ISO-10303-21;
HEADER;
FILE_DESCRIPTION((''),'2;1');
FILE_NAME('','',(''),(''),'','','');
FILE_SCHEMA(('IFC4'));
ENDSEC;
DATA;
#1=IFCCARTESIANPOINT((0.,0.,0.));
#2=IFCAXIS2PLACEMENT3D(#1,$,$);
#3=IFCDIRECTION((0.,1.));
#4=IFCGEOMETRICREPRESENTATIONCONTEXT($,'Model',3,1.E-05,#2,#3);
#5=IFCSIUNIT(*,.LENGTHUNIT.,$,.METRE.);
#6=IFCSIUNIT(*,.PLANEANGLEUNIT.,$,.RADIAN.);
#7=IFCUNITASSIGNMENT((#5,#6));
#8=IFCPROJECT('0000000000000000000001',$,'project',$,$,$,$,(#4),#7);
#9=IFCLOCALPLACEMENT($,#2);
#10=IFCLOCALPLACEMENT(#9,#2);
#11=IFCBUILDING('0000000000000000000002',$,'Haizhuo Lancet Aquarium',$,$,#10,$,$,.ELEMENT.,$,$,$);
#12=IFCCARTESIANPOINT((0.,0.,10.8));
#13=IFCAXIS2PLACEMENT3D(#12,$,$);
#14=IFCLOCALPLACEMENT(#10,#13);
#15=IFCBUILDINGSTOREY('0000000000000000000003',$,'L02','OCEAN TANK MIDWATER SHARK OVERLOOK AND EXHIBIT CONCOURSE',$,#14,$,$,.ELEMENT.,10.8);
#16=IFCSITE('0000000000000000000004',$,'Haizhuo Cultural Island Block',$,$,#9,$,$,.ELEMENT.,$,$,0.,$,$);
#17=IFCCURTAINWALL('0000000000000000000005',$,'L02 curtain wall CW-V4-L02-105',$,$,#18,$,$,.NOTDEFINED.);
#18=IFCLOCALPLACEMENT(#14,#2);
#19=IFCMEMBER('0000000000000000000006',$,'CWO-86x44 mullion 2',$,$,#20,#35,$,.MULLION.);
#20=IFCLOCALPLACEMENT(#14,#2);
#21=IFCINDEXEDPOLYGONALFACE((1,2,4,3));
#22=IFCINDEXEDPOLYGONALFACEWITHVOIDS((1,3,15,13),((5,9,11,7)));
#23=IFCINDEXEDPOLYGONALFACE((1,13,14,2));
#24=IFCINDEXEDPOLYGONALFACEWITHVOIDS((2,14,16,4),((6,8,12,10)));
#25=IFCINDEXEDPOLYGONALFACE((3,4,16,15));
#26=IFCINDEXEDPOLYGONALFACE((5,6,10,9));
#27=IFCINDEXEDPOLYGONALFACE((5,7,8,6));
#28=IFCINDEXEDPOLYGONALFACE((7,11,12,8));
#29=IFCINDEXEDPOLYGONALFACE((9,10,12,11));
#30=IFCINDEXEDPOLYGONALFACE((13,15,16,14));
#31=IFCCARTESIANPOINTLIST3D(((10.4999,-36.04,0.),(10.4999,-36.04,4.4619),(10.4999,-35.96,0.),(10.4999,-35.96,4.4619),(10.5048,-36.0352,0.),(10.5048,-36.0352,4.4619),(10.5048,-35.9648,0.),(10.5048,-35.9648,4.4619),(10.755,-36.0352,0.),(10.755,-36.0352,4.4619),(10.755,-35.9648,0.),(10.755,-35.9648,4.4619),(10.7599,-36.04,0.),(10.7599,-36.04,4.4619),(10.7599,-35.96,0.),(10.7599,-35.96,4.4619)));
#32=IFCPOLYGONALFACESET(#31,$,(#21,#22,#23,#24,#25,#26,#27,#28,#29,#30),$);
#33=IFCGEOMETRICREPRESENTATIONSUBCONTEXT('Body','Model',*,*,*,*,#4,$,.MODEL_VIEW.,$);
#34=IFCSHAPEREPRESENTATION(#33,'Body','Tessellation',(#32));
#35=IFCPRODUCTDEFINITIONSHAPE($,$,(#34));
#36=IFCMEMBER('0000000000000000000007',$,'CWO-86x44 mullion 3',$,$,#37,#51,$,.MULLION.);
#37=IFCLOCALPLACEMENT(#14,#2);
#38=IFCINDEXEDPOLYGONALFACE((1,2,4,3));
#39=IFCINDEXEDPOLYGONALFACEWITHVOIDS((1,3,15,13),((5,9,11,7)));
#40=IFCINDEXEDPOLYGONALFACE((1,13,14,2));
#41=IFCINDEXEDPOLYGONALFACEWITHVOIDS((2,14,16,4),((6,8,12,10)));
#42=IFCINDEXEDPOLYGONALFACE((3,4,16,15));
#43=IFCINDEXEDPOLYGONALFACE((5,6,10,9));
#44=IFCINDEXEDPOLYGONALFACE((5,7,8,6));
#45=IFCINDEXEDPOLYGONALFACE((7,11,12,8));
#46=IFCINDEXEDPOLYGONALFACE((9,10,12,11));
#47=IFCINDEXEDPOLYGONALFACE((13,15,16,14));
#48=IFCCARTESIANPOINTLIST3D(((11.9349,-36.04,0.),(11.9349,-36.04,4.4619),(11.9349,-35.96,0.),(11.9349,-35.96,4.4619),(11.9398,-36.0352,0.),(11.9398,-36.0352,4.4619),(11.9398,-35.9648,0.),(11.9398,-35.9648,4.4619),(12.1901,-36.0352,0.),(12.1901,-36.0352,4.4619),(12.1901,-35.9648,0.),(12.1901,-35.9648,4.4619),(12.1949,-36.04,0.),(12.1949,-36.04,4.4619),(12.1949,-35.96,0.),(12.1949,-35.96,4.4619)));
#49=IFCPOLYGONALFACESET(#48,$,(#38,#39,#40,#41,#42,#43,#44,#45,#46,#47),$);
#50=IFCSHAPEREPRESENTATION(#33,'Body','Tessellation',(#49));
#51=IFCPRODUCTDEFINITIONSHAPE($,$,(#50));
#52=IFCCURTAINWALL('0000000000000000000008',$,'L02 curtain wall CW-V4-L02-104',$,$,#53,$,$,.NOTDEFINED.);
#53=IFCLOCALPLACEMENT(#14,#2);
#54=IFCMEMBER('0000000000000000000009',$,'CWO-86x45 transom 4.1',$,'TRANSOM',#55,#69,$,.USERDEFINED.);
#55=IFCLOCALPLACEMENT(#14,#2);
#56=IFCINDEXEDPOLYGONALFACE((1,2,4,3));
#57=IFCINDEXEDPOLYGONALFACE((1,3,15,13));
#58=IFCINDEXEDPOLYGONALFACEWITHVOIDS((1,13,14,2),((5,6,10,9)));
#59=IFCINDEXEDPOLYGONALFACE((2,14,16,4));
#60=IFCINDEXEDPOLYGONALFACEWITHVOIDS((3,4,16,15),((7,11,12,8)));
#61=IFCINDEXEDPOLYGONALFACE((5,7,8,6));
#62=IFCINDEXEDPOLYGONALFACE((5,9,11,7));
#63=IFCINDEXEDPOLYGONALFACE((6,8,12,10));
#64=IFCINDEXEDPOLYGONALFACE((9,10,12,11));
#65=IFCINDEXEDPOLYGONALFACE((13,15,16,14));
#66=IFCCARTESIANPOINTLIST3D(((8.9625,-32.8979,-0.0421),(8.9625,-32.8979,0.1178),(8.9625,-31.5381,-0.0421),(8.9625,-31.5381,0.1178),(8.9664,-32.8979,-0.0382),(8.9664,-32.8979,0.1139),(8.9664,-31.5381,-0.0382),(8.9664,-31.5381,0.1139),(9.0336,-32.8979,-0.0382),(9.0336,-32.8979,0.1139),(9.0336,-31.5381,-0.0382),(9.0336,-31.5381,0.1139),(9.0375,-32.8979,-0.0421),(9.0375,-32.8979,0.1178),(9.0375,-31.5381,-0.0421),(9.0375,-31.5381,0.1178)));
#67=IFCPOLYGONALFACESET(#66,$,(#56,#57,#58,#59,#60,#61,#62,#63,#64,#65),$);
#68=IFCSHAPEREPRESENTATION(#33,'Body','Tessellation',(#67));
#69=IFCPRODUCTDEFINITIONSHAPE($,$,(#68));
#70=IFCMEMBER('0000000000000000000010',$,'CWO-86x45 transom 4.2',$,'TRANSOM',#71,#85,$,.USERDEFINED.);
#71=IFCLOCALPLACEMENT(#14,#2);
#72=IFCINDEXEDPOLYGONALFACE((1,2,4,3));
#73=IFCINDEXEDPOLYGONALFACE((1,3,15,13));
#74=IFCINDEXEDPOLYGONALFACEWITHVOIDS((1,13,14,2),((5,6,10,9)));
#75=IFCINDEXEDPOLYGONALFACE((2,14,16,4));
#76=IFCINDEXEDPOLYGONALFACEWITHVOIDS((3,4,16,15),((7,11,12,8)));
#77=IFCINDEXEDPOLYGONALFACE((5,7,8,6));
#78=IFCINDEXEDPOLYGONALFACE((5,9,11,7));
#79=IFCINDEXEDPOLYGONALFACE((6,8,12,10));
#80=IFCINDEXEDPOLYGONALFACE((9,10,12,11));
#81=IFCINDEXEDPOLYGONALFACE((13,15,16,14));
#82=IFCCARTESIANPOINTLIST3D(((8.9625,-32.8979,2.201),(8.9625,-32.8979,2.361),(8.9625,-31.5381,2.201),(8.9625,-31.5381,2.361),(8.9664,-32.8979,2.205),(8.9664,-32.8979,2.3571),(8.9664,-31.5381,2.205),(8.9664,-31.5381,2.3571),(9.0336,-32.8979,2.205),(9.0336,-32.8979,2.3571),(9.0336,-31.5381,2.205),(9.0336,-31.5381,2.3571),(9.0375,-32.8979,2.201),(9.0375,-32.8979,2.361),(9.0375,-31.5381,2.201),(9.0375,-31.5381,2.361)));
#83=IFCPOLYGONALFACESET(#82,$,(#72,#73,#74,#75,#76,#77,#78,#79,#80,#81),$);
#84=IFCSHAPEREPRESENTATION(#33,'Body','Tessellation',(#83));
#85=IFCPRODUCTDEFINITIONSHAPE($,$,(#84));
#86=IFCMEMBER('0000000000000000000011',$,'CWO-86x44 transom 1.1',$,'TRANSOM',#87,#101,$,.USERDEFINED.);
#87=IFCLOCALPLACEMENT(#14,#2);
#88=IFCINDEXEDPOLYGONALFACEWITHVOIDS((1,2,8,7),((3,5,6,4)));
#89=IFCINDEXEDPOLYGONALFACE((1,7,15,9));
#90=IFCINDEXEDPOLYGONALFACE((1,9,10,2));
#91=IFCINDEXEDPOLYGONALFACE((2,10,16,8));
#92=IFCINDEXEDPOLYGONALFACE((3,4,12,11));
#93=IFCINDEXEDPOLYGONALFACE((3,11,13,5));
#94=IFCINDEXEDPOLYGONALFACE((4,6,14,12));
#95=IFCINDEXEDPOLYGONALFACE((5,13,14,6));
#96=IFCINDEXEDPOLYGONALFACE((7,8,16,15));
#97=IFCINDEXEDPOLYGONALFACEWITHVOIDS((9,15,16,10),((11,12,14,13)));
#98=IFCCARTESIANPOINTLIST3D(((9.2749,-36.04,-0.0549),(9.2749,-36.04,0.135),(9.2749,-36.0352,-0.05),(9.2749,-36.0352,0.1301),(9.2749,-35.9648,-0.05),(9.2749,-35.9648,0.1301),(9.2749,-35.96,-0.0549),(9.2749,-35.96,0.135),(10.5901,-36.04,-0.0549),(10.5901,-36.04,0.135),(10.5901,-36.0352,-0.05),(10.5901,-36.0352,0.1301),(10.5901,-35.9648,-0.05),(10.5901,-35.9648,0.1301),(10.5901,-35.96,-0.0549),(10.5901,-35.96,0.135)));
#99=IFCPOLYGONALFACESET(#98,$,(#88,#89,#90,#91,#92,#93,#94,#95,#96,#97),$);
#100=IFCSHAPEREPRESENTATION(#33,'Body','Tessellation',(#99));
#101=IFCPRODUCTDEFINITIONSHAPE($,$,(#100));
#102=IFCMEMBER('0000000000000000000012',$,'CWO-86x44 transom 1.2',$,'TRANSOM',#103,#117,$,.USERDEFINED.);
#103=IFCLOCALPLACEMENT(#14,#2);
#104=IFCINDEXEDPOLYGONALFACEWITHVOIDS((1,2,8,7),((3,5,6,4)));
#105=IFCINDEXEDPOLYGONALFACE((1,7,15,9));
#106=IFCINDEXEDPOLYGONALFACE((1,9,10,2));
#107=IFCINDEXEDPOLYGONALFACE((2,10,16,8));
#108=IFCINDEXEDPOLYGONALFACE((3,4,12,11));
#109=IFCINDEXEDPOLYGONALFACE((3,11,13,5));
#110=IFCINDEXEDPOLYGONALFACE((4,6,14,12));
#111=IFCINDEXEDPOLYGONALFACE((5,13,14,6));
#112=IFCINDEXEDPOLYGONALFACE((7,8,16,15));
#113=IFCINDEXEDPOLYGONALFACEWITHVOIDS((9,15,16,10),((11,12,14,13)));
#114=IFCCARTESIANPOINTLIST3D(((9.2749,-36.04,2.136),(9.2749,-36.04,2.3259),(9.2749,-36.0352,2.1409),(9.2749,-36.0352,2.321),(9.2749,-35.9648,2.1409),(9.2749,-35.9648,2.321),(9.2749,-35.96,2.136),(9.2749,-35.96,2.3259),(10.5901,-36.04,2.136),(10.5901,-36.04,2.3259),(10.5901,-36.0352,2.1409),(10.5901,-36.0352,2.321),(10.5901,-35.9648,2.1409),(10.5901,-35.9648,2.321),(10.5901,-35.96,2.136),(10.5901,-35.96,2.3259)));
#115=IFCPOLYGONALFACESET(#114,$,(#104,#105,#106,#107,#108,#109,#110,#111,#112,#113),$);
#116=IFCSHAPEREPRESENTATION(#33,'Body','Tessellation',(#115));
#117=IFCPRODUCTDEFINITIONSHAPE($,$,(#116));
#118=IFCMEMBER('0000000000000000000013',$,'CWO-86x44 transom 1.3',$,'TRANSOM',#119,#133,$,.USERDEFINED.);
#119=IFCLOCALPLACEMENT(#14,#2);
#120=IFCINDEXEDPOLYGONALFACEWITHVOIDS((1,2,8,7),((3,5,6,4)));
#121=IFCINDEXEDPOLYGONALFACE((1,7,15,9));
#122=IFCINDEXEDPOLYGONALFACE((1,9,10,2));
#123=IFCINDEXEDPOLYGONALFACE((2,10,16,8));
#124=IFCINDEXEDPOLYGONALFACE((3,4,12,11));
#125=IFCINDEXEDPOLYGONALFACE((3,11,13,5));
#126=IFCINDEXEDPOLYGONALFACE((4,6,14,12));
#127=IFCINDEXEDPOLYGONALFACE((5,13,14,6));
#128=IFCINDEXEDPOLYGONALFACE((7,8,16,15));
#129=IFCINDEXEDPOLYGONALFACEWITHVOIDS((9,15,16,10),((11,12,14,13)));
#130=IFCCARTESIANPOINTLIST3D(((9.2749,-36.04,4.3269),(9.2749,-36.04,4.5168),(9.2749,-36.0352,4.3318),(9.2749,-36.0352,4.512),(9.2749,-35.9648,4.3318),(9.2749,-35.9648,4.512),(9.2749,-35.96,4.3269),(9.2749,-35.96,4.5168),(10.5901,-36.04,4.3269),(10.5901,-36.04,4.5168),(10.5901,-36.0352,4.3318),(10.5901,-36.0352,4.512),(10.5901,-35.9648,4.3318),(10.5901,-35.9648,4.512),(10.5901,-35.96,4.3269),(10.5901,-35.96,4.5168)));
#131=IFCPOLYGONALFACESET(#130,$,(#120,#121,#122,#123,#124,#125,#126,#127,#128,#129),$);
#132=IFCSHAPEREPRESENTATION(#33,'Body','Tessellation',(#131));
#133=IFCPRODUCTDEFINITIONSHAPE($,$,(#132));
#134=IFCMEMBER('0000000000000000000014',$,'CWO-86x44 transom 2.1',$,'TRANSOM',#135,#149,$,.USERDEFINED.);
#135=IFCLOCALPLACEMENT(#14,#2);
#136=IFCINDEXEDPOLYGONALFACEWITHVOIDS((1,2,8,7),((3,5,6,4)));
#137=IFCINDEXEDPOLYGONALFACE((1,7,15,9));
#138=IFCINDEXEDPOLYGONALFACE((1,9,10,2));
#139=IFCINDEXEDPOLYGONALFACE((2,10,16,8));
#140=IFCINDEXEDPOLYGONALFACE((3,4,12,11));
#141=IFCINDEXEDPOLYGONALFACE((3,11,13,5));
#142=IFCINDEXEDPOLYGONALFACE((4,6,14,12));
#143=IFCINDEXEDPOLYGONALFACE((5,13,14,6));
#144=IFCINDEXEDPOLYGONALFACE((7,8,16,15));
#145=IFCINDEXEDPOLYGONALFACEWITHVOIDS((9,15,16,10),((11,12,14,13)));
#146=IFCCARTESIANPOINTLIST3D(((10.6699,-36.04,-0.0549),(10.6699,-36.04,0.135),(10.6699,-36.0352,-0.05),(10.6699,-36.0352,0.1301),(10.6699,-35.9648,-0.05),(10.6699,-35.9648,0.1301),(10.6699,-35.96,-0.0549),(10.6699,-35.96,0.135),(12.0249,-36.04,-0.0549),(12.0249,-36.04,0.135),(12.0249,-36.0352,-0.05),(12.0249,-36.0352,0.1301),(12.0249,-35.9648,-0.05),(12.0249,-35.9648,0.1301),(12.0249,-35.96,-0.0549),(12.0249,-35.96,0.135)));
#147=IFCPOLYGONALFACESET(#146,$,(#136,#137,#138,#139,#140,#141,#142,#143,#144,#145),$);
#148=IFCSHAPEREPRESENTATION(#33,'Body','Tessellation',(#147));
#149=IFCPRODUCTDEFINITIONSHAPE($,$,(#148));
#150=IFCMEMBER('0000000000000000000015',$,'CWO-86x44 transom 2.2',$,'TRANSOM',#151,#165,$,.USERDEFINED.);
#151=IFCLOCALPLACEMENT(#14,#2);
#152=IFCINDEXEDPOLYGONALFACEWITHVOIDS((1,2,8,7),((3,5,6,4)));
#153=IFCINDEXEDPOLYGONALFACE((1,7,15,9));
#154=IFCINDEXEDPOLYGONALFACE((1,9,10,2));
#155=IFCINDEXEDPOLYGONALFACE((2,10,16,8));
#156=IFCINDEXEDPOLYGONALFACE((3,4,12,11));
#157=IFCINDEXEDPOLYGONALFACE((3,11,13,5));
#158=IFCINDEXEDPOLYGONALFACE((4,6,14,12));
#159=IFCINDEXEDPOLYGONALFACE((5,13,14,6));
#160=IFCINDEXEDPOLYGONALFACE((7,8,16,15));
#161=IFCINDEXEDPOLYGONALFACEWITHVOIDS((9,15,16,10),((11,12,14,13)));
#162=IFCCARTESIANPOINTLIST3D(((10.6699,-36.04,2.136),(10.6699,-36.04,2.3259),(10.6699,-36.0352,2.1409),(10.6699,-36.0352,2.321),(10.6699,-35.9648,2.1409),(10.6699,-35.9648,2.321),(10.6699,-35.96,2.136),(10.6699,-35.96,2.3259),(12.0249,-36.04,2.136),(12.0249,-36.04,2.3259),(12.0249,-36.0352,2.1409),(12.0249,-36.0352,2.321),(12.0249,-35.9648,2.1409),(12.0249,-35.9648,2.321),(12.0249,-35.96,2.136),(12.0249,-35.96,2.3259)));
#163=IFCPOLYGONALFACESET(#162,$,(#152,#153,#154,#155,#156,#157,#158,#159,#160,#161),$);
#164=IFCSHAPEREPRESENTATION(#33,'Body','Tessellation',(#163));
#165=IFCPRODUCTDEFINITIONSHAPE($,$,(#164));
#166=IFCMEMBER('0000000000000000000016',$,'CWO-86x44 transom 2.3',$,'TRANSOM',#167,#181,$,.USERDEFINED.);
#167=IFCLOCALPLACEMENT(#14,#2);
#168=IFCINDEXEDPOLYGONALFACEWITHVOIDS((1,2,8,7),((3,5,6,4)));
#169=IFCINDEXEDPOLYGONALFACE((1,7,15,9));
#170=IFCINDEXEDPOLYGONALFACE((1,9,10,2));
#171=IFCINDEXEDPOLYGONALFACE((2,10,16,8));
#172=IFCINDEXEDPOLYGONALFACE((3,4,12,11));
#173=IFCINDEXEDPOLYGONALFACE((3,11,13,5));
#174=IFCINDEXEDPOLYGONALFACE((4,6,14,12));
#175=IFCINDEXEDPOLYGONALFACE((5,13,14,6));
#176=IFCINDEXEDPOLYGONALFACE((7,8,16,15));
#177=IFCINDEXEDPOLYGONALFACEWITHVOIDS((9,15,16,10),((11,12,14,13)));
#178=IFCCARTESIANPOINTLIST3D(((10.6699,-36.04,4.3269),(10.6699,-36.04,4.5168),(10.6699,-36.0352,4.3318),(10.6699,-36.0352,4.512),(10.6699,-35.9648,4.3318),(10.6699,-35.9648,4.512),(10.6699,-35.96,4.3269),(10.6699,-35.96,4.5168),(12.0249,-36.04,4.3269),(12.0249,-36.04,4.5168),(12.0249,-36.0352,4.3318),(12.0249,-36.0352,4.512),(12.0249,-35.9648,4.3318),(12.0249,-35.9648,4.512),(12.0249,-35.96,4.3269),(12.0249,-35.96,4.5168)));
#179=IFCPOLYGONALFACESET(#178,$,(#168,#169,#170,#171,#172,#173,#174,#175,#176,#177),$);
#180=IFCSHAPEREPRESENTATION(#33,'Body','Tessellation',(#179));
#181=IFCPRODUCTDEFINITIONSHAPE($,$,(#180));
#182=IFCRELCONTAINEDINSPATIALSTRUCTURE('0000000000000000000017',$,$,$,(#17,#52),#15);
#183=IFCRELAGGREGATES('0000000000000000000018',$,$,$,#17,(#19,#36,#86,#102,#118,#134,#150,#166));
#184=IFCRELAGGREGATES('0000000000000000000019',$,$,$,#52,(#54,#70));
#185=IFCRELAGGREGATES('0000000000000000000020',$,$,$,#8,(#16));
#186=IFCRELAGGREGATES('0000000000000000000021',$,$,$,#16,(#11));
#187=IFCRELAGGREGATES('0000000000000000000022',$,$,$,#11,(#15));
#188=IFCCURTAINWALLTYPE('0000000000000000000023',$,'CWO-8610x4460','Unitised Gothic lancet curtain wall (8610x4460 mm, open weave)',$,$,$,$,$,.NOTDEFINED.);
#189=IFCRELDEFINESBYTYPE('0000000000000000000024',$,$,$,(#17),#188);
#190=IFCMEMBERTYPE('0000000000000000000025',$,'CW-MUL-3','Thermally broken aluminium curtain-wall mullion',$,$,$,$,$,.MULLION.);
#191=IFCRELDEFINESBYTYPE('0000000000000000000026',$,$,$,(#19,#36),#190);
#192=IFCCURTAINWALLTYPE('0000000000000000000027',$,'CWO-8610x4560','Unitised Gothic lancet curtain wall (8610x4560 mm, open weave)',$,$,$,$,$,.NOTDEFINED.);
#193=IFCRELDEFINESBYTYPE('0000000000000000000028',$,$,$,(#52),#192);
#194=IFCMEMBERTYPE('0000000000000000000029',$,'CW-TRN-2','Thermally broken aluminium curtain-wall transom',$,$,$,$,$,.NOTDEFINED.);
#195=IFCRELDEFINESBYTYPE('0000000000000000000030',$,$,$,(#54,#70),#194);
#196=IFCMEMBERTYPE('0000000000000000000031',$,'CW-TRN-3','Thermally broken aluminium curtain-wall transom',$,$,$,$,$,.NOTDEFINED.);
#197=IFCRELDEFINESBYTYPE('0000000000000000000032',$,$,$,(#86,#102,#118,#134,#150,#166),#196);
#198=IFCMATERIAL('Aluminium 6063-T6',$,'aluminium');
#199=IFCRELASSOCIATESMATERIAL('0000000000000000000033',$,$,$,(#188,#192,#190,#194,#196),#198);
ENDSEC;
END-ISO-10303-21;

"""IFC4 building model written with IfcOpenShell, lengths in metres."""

from ifc_helpers import new_model, si_unit, direction, frame, origin, origin_2d, place, context, subcontext, project, spatial, hollow_rectangle, extrude, material, material_profile, profile_set, type_object, element, aggregate, save


model = new_model("IFC4")

# Units and contexts
model_context = context("Model", 3, precision=1e-05, world=origin(), true_north=direction((0.0, 1.0)))
body_context = subcontext(model_context, "Body", "Model", "MODEL_VIEW")
ifc_project = project(units=[si_unit("LENGTHUNIT", "METRE"), si_unit("PLANEANGLEUNIT", "RADIAN")], contexts=[model_context])

# Site, building, storey
site_placement = place(None, origin())
site = spatial("IfcSite", under=ifc_project, at=site_placement, Name="Haizhuo Cultural Island Block", CompositionType="ELEMENT", RefElevation=0.0)
building_placement = place(site_placement, origin())
building = spatial("IfcBuilding", under=site, at=building_placement, Name="Haizhuo Lancet Aquarium", CompositionType="ELEMENT")
storey_placement = place(building_placement, frame((0.0, 0.0, 10.8)))
storey = spatial("IfcBuildingStorey", under=building, at=storey_placement, Name="L02", Description="OCEAN TANK MIDWATER SHARK OVERLOOK AND EXHIBIT CONCOURSE", CompositionType="ELEMENT", Elevation=10.8)

# Curtain walls, members
ifc_material_1 = material(Name="Aluminium 6063-T6", Category="aluminium")
curtain_wall_type_1 = type_object("IfcCurtainWallType", Name="CWO-8610x4460", Description="Unitised Gothic lancet curtain wall (8610x4460 mm, open weave)", PredefinedType="NOTDEFINED", material=ifc_material_1)
curtain_wall_1_placement = place(storey_placement, origin())
curtain_wall_1 = element("IfcCurtainWall", 1, at=curtain_wall_1_placement, inside=storey, type_object=curtain_wall_type_1, Name="L02 curtain wall CW-V4-L02-105", PredefinedType="NOTDEFINED")
ifc_material_profile_1 = material_profile(ifc_material_1, hollow_rectangle(XDim=0.0801, YDim=0.26, WallThickness=0.0049, at=origin_2d()), Name="ALU-M 80x260x5")
ifc_profile_set_1 = profile_set([ifc_material_profile_1], Name="Aluminium 6063-T6")
member_type_1 = type_object("IfcMemberType", Name="CW-MUL-3", Description="Thermally broken aluminium curtain-wall mullion", PredefinedType="MULLION", material=ifc_profile_set_1)
member_1_placement = place(storey_placement, frame((10.6299, -36.0, 0.0), z_axis=(0.0, 0.0, 1.0), x_axis=(0.0, 1.0, 0.0)))
member_1 = element("IfcMember", 2, at=member_1_placement, type_object=member_type_1, Name="CWO-86x44 mullion 2", PredefinedType="MULLION", context=body_context, shape_type="SweptSolid", body=[
    extrude(hollow_rectangle(XDim=0.0801, YDim=0.26, WallThickness=0.0049, at=origin_2d()), origin(), (0.0, 0.0, 1.0), 4.4619),
])
member_2_placement = place(storey_placement, frame((12.0649, -36.0, 0.0), z_axis=(0.0, 0.0, 1.0), x_axis=(0.0, 1.0, 0.0)))
member_2 = element("IfcMember", 3, at=member_2_placement, type_object=member_type_1, Name="CWO-86x44 mullion 3", PredefinedType="MULLION", context=body_context, shape_type="SweptSolid", body=[
    extrude(hollow_rectangle(XDim=0.0801, YDim=0.26, WallThickness=0.0049, at=origin_2d()), origin(), (0.0, 0.0, 1.0), 4.4619),
])
curtain_wall_type_2 = type_object("IfcCurtainWallType", Name="CWO-8610x4560", Description="Unitised Gothic lancet curtain wall (8610x4560 mm, open weave)", PredefinedType="NOTDEFINED", material=ifc_material_1)
curtain_wall_2_placement = place(storey_placement, origin())
curtain_wall_2 = element("IfcCurtainWall", 4, at=curtain_wall_2_placement, inside=storey, type_object=curtain_wall_type_2, Name="L02 curtain wall CW-V4-L02-104", PredefinedType="NOTDEFINED")
ifc_material_profile_2 = material_profile(ifc_material_1, hollow_rectangle(XDim=0.075, YDim=0.1599, WallThickness=0.0039, at=origin_2d()), Name="ALU-T 75x160x4")
ifc_profile_set_2 = profile_set([ifc_material_profile_2], Name="Aluminium 6063-T6")
member_type_2 = type_object("IfcMemberType", Name="CW-TRN-2", Description="Thermally broken aluminium curtain-wall transom", PredefinedType="NOTDEFINED", material=ifc_profile_set_2)
member_3_placement = place(storey_placement, frame((9.0, -31.5381, 0.0378), z_axis=(0.0, -1.0, 0.0), x_axis=(1.0, 0.0, 0.0)))
member_3 = element("IfcMember", 5, at=member_3_placement, type_object=member_type_2, Name="CWO-86x45 transom 4.1", ObjectType="TRANSOM", PredefinedType="USERDEFINED", context=body_context, shape_type="SweptSolid", body=[
    extrude(hollow_rectangle(XDim=0.075, YDim=0.1599, WallThickness=0.0039, at=origin_2d()), origin(), (0.0, 0.0, 1.0), 1.3599),
])
member_4_placement = place(storey_placement, frame((9.0, -31.5381, 2.281), z_axis=(0.0, -1.0, 0.0), x_axis=(1.0, 0.0, 0.0)))
member_4 = element("IfcMember", 6, at=member_4_placement, type_object=member_type_2, Name="CWO-86x45 transom 4.2", ObjectType="TRANSOM", PredefinedType="USERDEFINED", context=body_context, shape_type="SweptSolid", body=[
    extrude(hollow_rectangle(XDim=0.075, YDim=0.1599, WallThickness=0.0039, at=origin_2d()), origin(), (0.0, 0.0, 1.0), 1.3599),
])

# Members
ifc_material_profile_3 = material_profile(ifc_material_1, hollow_rectangle(XDim=0.0801, YDim=0.1899, WallThickness=0.0049, at=origin_2d()), Name="ALU-T 80x190x5")
ifc_profile_set_3 = profile_set([ifc_material_profile_3], Name="Aluminium 6063-T6")
member_type_3 = type_object("IfcMemberType", Name="CW-TRN-3", Description="Thermally broken aluminium curtain-wall transom", PredefinedType="NOTDEFINED", material=ifc_profile_set_3)
member_5_placement = place(storey_placement, frame((9.2749, -36.0, 0.04), z_axis=(1.0, 0.0, 0.0), x_axis=(0.0, 1.0, 0.0)))
member_5 = element("IfcMember", 7, at=member_5_placement, type_object=member_type_3, Name="CWO-86x44 transom 1.1", ObjectType="TRANSOM", PredefinedType="USERDEFINED", context=body_context, shape_type="SweptSolid", body=[
    extrude(hollow_rectangle(XDim=0.0801, YDim=0.1899, WallThickness=0.0049, at=origin_2d()), origin(), (0.0, 0.0, 1.0), 1.3152),
])
member_6_placement = place(storey_placement, frame((9.2749, -36.0, 2.231), z_axis=(1.0, 0.0, 0.0), x_axis=(0.0, 1.0, 0.0)))
member_6 = element("IfcMember", 8, at=member_6_placement, type_object=member_type_3, Name="CWO-86x44 transom 1.2", ObjectType="TRANSOM", PredefinedType="USERDEFINED", context=body_context, shape_type="SweptSolid", body=[
    extrude(hollow_rectangle(XDim=0.0801, YDim=0.1899, WallThickness=0.0049, at=origin_2d()), origin(), (0.0, 0.0, 1.0), 1.3152),
])
member_7_placement = place(storey_placement, frame((9.2749, -36.0, 4.4219), z_axis=(1.0, 0.0, 0.0), x_axis=(0.0, 1.0, 0.0)))
member_7 = element("IfcMember", 9, at=member_7_placement, type_object=member_type_3, Name="CWO-86x44 transom 1.3", ObjectType="TRANSOM", PredefinedType="USERDEFINED", context=body_context, shape_type="SweptSolid", body=[
    extrude(hollow_rectangle(XDim=0.0801, YDim=0.1899, WallThickness=0.0049, at=origin_2d()), origin(), (0.0, 0.0, 1.0), 1.3152),
])
member_8_placement = place(storey_placement, frame((10.6699, -36.0, 0.04), z_axis=(1.0, 0.0, 0.0), x_axis=(0.0, 1.0, 0.0)))
member_8 = element("IfcMember", 10, at=member_8_placement, type_object=member_type_3, Name="CWO-86x44 transom 2.1", ObjectType="TRANSOM", PredefinedType="USERDEFINED", context=body_context, shape_type="SweptSolid", body=[
    extrude(hollow_rectangle(XDim=0.0801, YDim=0.1899, WallThickness=0.0049, at=origin_2d()), origin(), (0.0, 0.0, 1.0), 1.355),
])
member_9_placement = place(storey_placement, frame((10.6699, -36.0, 2.231), z_axis=(1.0, 0.0, 0.0), x_axis=(0.0, 1.0, 0.0)))
member_9 = element("IfcMember", 11, at=member_9_placement, type_object=member_type_3, Name="CWO-86x44 transom 2.2", ObjectType="TRANSOM", PredefinedType="USERDEFINED", context=body_context, shape_type="SweptSolid", body=[
    extrude(hollow_rectangle(XDim=0.0801, YDim=0.1899, WallThickness=0.0049, at=origin_2d()), origin(), (0.0, 0.0, 1.0), 1.355),
])
member_10_placement = place(storey_placement, frame((10.6699, -36.0, 4.4219), z_axis=(1.0, 0.0, 0.0), x_axis=(0.0, 1.0, 0.0)))
member_10 = element("IfcMember", 12, at=member_10_placement, type_object=member_type_3, Name="CWO-86x44 transom 2.3", ObjectType="TRANSOM", PredefinedType="USERDEFINED", context=body_context, shape_type="SweptSolid", body=[
    extrude(hollow_rectangle(XDim=0.0801, YDim=0.1899, WallThickness=0.0049, at=origin_2d()), origin(), (0.0, 0.0, 1.0), 1.355),
])

aggregate(curtain_wall_1, [member_1, member_2, member_5, member_6, member_7, member_8, member_9, member_10])
aggregate(curtain_wall_2, [member_3, member_4])

save(model, "model.ifc")
